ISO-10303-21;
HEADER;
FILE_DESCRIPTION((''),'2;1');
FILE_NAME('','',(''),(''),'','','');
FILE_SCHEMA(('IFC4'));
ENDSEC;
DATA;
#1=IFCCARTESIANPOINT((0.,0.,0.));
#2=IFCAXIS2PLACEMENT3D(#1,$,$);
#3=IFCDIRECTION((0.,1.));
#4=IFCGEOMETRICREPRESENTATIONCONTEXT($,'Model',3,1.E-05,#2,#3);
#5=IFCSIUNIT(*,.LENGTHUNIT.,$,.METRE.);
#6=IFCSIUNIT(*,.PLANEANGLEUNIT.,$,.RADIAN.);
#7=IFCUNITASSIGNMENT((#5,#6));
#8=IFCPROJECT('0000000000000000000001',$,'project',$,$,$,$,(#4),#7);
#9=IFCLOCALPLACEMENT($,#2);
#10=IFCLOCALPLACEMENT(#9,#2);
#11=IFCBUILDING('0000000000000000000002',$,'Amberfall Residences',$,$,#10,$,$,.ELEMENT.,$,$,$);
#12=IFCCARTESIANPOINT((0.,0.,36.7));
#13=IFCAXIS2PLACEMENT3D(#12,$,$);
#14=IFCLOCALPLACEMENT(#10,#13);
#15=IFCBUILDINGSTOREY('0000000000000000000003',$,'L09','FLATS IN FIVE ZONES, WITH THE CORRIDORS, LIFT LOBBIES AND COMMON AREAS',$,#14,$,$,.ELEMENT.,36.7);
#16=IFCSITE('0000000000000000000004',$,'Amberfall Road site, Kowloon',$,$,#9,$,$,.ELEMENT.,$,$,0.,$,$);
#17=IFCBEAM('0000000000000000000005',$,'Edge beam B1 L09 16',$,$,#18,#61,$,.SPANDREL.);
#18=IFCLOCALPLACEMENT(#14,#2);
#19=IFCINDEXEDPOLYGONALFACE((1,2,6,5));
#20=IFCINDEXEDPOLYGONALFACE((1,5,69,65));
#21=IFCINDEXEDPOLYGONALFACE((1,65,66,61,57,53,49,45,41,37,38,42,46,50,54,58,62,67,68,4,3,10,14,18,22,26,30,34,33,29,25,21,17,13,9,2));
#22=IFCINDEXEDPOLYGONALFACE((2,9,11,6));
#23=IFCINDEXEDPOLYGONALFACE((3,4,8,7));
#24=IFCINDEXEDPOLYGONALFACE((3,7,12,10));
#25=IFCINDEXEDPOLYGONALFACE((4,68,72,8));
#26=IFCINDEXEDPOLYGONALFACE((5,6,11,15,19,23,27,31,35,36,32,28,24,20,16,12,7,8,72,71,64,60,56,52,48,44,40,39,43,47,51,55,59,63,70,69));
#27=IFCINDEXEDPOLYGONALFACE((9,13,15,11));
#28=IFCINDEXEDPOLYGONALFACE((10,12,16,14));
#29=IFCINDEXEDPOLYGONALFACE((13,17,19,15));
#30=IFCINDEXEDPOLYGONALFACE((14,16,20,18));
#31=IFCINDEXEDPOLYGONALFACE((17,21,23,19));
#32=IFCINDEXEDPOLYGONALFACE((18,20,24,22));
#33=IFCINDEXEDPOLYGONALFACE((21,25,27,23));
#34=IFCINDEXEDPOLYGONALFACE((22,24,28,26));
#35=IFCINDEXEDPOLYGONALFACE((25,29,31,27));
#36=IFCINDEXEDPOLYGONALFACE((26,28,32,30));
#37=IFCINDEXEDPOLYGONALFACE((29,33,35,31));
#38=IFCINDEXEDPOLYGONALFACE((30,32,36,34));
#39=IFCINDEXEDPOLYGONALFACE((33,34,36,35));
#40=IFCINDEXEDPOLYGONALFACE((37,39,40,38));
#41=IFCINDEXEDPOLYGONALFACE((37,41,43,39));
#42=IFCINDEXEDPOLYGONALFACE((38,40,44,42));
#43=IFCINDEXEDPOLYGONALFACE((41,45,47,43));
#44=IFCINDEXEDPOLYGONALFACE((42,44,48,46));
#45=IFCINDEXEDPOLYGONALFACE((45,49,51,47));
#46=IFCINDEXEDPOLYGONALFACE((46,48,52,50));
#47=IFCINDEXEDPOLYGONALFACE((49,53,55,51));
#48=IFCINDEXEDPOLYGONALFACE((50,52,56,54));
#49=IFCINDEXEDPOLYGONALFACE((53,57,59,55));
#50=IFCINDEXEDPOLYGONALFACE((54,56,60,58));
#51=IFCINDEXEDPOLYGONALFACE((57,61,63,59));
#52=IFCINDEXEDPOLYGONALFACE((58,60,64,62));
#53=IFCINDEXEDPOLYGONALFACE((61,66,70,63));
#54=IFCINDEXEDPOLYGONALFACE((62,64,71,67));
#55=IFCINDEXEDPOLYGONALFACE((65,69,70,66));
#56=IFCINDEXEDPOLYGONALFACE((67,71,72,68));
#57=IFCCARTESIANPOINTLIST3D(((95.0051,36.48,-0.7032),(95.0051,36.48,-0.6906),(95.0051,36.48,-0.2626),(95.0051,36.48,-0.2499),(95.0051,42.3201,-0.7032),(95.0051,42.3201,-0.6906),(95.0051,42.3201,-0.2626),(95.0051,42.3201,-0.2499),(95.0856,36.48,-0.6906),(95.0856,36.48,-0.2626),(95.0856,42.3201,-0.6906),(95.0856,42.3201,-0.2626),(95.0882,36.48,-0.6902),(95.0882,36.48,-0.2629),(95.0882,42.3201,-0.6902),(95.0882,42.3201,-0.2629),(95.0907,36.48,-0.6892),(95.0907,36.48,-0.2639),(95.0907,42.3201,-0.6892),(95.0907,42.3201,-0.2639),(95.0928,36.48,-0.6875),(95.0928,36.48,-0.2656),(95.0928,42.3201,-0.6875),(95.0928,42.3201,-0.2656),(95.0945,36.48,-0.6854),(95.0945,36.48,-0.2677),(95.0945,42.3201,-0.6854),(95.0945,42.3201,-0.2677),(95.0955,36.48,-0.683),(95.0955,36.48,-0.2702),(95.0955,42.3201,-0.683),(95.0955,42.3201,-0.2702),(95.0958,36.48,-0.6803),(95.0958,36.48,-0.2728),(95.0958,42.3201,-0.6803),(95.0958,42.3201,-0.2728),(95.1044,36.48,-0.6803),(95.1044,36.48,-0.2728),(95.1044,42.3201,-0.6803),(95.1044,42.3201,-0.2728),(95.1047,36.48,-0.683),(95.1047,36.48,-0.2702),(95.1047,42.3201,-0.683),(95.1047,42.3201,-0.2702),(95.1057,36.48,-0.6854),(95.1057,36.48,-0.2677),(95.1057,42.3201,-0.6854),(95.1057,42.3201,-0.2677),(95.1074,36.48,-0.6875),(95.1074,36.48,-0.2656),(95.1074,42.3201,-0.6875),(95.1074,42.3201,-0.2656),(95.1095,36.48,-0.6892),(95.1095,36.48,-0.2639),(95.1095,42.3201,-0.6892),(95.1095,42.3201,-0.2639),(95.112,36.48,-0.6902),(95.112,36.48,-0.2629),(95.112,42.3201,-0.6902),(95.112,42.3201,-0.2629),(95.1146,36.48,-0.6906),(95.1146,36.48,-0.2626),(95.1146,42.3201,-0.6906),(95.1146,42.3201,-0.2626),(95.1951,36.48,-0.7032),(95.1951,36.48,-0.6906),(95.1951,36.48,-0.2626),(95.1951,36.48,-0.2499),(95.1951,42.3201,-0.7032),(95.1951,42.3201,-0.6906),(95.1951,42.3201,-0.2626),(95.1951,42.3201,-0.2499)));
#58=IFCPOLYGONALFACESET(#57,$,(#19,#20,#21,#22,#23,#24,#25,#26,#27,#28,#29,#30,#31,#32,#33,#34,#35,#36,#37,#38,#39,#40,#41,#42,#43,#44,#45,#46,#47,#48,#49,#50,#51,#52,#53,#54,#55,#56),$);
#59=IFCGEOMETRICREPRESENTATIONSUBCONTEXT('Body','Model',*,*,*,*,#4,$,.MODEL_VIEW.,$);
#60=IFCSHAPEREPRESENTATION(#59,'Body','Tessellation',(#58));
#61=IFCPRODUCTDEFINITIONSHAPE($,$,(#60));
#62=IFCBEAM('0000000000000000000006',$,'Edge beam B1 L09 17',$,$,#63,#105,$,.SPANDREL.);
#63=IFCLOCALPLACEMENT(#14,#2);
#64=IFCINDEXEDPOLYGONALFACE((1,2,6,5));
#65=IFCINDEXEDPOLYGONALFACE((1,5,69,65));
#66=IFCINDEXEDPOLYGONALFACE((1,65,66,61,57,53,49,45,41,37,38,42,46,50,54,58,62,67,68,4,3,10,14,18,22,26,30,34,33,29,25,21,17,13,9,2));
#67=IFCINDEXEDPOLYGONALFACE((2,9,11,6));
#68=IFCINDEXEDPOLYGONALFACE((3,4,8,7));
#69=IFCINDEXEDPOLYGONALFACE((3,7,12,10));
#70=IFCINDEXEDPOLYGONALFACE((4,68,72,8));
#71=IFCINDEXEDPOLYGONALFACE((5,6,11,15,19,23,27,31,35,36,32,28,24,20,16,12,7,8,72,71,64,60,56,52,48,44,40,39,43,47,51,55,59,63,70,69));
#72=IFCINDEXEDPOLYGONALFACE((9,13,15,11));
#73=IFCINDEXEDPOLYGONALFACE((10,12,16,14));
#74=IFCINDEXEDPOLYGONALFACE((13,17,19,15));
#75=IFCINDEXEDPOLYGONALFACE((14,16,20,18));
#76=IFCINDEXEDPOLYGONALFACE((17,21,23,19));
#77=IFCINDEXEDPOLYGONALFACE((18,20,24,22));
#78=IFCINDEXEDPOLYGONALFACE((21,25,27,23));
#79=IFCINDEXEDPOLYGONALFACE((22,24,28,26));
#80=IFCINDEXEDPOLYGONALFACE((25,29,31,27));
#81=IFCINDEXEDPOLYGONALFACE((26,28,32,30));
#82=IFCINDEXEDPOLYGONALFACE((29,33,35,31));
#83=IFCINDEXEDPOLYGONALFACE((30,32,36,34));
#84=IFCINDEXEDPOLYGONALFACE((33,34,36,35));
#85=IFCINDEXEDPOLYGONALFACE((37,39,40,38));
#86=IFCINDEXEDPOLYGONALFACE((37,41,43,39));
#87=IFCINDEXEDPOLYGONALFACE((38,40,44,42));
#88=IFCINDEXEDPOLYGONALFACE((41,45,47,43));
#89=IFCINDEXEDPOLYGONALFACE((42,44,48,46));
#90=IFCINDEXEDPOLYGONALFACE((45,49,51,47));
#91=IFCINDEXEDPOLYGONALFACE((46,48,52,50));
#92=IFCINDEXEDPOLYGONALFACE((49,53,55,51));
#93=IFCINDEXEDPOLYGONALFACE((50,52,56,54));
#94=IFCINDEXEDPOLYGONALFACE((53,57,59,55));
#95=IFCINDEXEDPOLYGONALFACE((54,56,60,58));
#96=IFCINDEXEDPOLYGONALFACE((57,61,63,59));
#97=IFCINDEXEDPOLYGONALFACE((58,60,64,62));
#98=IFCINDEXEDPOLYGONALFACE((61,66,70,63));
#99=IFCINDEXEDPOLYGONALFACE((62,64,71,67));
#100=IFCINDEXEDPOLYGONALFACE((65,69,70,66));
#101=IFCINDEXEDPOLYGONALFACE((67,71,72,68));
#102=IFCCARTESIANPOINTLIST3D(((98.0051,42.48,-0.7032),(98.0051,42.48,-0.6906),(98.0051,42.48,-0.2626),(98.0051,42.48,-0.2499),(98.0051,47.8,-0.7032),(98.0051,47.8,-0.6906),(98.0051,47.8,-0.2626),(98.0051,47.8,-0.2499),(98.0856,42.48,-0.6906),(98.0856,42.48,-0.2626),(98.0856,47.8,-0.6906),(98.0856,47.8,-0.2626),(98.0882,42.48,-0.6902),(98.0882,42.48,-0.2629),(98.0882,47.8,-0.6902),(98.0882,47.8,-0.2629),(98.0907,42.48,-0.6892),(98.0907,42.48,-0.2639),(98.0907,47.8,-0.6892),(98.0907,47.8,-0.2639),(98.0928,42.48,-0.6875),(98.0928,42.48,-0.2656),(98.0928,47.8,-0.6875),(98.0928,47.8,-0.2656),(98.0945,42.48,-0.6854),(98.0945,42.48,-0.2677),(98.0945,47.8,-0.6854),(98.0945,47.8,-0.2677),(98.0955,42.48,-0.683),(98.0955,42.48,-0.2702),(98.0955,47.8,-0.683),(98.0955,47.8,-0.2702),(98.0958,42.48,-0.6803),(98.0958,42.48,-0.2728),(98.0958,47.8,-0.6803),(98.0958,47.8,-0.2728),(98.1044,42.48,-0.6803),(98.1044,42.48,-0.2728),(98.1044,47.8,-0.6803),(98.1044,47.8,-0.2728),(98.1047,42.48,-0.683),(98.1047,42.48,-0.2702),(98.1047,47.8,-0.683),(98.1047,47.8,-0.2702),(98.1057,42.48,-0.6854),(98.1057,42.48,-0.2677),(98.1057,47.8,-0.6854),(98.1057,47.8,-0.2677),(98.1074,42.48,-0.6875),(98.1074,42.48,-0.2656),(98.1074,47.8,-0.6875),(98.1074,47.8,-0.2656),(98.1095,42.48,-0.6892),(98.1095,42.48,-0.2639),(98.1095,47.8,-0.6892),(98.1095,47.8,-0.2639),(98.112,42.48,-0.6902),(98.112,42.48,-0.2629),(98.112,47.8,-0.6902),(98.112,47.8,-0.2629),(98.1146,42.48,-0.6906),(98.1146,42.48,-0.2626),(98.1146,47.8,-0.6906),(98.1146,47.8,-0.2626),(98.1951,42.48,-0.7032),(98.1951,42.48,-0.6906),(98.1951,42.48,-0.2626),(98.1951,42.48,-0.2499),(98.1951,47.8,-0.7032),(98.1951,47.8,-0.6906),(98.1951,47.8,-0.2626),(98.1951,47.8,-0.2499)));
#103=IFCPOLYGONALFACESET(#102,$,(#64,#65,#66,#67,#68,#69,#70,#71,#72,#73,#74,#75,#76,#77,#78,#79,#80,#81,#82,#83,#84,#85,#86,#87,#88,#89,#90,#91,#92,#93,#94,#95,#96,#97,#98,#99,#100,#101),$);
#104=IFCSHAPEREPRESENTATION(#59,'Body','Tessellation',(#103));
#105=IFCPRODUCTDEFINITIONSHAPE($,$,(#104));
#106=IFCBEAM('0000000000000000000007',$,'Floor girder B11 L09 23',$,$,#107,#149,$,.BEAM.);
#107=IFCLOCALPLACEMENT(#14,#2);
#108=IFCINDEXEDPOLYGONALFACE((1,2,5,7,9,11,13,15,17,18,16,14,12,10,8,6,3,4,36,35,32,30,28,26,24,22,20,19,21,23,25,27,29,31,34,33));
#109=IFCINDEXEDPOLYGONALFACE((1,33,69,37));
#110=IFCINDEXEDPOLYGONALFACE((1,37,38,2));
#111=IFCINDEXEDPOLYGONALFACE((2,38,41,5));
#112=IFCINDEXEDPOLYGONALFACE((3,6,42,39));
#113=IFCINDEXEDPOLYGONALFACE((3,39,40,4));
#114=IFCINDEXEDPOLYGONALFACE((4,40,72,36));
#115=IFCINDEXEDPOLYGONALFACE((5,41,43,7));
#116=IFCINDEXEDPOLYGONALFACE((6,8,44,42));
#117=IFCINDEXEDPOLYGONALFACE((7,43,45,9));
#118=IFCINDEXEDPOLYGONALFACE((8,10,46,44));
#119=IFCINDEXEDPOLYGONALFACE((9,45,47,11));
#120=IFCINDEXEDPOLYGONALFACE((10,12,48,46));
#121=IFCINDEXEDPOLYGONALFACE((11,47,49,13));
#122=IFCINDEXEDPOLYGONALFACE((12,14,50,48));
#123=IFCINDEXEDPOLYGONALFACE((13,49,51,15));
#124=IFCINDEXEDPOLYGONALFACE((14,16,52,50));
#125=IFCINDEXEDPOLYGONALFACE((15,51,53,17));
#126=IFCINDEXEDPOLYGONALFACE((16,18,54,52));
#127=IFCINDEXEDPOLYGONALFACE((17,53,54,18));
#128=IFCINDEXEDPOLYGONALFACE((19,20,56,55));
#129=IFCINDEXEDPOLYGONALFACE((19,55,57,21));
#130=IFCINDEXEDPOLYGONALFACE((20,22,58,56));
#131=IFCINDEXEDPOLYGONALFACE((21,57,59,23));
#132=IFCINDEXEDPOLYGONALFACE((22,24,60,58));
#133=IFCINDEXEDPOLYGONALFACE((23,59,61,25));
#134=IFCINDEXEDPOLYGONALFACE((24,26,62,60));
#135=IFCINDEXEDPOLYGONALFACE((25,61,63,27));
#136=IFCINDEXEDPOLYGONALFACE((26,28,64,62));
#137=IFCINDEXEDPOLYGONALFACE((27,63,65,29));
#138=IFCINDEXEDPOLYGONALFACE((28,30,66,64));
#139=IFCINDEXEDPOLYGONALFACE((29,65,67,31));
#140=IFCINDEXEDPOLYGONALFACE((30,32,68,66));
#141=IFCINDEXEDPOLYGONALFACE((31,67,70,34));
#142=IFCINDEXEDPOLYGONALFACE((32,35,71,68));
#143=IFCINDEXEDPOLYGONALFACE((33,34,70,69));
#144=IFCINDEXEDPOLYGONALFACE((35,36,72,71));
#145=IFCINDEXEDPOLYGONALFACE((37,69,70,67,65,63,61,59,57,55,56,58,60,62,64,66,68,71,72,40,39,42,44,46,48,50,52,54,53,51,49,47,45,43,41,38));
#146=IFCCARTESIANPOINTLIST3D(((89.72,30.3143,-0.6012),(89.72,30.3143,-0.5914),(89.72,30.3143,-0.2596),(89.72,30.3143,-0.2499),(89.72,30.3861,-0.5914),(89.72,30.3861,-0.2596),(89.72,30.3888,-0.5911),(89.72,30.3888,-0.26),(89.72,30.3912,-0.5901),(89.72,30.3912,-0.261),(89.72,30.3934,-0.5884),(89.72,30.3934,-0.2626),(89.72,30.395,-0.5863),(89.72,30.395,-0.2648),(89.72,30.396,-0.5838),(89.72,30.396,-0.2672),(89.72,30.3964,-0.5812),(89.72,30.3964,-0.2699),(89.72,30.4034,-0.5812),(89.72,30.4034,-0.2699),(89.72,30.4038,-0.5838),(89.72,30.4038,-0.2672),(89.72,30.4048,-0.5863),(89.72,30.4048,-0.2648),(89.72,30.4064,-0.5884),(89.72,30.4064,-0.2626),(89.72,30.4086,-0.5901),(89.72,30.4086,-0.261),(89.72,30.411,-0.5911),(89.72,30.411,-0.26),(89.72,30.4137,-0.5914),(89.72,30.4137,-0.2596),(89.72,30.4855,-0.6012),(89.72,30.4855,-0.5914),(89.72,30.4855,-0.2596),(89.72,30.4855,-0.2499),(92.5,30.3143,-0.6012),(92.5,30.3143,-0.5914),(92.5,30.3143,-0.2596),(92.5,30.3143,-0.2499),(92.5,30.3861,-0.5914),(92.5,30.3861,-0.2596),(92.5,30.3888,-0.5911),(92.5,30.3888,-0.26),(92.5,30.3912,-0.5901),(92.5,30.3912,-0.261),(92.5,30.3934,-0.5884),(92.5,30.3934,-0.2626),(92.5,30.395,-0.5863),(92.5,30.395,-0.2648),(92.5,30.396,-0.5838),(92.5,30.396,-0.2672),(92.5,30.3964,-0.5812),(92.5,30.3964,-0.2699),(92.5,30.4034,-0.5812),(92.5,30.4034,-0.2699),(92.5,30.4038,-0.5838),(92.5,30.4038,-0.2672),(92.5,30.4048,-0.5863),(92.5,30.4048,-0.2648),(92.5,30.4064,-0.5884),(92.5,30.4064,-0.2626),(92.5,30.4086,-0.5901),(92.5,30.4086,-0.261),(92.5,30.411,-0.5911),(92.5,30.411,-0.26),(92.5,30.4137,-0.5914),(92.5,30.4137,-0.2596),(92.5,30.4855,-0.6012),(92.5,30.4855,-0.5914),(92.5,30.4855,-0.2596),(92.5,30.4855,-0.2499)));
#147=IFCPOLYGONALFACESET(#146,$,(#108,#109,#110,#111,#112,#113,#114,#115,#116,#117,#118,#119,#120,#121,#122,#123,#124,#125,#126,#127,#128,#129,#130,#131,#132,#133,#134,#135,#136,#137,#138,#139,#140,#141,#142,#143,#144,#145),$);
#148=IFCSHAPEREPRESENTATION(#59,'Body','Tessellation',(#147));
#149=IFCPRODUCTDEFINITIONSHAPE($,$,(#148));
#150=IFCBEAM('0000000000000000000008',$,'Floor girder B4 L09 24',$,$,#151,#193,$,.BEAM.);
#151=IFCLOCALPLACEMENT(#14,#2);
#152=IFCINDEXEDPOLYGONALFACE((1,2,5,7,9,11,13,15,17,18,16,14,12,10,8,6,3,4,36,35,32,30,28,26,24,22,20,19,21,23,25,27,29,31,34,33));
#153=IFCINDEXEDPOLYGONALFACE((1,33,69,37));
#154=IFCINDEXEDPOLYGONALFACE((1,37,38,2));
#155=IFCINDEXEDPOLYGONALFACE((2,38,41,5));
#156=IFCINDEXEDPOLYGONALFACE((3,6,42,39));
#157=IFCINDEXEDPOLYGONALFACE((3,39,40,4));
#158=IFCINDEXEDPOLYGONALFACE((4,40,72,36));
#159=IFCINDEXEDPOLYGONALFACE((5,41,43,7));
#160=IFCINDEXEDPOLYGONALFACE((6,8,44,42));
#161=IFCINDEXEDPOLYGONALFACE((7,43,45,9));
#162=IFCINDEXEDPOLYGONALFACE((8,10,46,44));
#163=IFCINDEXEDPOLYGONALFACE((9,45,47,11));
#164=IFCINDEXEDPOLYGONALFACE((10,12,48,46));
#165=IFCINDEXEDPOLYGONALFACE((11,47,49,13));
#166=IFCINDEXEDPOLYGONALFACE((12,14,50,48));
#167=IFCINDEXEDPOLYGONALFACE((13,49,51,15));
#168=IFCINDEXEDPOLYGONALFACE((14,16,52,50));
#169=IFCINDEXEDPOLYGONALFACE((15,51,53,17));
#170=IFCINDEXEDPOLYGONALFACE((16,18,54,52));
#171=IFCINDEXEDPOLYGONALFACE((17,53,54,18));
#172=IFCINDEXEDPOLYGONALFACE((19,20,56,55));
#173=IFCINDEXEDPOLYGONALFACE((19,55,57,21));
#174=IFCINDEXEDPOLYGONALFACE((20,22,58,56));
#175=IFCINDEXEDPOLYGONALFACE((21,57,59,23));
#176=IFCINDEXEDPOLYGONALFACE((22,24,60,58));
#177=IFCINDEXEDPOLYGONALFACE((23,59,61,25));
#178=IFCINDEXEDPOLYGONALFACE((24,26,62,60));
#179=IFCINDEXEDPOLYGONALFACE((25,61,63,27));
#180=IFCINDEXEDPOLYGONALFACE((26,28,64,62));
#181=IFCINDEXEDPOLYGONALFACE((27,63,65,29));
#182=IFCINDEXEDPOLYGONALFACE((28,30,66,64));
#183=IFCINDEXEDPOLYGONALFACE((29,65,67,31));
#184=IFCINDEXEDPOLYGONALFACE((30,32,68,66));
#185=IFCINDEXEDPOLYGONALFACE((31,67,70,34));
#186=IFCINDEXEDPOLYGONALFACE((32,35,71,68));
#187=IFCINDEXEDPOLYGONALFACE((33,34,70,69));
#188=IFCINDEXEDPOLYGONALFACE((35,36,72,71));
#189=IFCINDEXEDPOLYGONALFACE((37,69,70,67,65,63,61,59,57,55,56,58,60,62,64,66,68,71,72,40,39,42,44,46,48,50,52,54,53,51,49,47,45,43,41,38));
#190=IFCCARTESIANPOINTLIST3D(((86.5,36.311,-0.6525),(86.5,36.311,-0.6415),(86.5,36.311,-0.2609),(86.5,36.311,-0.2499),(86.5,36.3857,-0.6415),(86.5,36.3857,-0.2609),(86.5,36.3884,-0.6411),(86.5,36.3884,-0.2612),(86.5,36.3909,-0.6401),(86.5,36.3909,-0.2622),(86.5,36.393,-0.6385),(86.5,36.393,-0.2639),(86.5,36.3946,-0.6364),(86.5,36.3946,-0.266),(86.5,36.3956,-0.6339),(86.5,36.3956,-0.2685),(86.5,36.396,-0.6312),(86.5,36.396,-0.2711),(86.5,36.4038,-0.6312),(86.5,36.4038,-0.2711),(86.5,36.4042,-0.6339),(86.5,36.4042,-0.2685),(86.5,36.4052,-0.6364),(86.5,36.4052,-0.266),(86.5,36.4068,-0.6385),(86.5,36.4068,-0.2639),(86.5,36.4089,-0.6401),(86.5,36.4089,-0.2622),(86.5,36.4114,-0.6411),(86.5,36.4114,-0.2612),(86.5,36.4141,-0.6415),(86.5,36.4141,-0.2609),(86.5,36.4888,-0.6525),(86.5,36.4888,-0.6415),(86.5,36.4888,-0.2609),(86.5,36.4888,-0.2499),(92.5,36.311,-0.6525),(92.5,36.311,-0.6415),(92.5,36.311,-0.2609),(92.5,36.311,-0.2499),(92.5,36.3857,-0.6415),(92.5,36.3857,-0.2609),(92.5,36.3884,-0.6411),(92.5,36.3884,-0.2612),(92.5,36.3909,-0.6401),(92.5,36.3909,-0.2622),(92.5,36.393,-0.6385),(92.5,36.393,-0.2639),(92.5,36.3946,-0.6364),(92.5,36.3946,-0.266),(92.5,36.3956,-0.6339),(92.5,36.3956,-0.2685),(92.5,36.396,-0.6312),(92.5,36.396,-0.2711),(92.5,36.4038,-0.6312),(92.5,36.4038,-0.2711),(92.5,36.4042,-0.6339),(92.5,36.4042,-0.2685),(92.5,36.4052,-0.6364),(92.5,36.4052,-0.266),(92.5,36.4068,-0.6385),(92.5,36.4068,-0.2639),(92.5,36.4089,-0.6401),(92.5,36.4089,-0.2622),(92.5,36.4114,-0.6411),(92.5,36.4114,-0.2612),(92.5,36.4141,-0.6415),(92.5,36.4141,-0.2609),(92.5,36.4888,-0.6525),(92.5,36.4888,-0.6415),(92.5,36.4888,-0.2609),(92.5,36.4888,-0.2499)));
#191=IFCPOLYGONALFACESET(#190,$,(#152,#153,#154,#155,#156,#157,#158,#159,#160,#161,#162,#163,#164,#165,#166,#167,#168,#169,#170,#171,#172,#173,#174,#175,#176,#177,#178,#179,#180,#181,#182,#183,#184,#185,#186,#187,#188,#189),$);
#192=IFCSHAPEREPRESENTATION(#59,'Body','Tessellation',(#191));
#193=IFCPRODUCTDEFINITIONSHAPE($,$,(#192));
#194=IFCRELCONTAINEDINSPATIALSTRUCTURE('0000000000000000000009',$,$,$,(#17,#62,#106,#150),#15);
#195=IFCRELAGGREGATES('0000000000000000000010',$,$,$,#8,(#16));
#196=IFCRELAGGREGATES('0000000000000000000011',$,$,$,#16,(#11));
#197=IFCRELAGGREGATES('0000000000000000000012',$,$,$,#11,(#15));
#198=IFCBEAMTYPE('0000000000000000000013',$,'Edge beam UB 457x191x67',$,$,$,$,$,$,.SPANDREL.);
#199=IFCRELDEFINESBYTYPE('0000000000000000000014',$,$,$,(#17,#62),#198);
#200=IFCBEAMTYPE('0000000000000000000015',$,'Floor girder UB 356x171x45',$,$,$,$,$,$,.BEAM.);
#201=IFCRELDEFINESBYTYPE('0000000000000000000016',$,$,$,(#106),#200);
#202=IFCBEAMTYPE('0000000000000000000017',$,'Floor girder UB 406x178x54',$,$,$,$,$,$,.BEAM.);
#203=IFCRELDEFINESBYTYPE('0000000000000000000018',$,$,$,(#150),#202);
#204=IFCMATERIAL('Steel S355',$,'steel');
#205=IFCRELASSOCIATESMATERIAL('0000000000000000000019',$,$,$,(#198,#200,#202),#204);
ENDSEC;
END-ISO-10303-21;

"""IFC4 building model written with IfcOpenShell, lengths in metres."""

from ifc_helpers import new_model, si_unit, direction, frame, origin, origin_2d, place, context, subcontext, project, spatial, i_section, extrude, material, material_profile, profile_set, type_object, element, save


model = new_model("IFC4")

# Units and contexts
model_context = context("Model", 3, precision=1e-05, world=origin(), true_north=direction((0.0, 1.0)))
body_context = subcontext(model_context, "Body", "Model", "MODEL_VIEW")
ifc_project = project(units=[si_unit("LENGTHUNIT", "METRE"), si_unit("PLANEANGLEUNIT", "RADIAN")], contexts=[model_context])

# Site, building, storey
site_placement = place(None, origin())
site = spatial("IfcSite", under=ifc_project, at=site_placement, Name="Amberfall Road site, Kowloon", CompositionType="ELEMENT", RefElevation=0.0)
building_placement = place(site_placement, origin())
building = spatial("IfcBuilding", under=site, at=building_placement, Name="Amberfall Residences", CompositionType="ELEMENT")
storey_placement = place(building_placement, frame((0.0, 0.0, 36.7)))
storey = spatial("IfcBuildingStorey", under=building, at=storey_placement, Name="L09", Description="FLATS IN FIVE ZONES, WITH THE CORRIDORS, LIFT LOBBIES AND COMMON AREAS", CompositionType="ELEMENT", Elevation=36.7)

# Beams
ifc_material_1 = material(Name="Steel S355", Category="steel")
ifc_material_profile_1 = material_profile(ifc_material_1, i_section(OverallWidth=0.1899, OverallDepth=0.4534, WebThickness=0.0085, FlangeThickness=0.0127, FilletRadius=0.0103, at=origin_2d()), Name="UB 457x191x67")
ifc_profile_set_1 = profile_set([ifc_material_profile_1], Name="Steel S355")
beam_type_1 = type_object("IfcBeamType", Name="Edge beam UB 457x191x67", PredefinedType="SPANDREL", material=ifc_profile_set_1)
beam_1_placement = place(storey_placement, frame((95.1001, 36.48, -0.4766), z_axis=(0.0, 1.0, 0.0), x_axis=(-1.0, 0.0, 0.0)))
element("IfcBeam", 1, at=beam_1_placement, inside=storey, type_object=beam_type_1, Name="Edge beam B1 L09 16", PredefinedType="SPANDREL", context=body_context, shape_type="SweptSolid", body=[
    extrude(i_section(OverallWidth=0.1899, OverallDepth=0.4534, WebThickness=0.0085, FlangeThickness=0.0127, FilletRadius=0.0103, at=origin_2d()), origin(), (0.0, 0.0, 1.0), 5.8401),
])
beam_2_placement = place(storey_placement, frame((98.1001, 42.48, -0.4766), z_axis=(0.0, 1.0, 0.0), x_axis=(-1.0, 0.0, 0.0)))
element("IfcBeam", 2, at=beam_2_placement, inside=storey, type_object=beam_type_1, Name="Edge beam B1 L09 17", PredefinedType="SPANDREL", context=body_context, shape_type="SweptSolid", body=[
    extrude(i_section(OverallWidth=0.1899, OverallDepth=0.4534, WebThickness=0.0085, FlangeThickness=0.0127, FilletRadius=0.0103, at=origin_2d()), origin(), (0.0, 0.0, 1.0), 5.3201),
])
ifc_material_profile_2 = material_profile(ifc_material_1, i_section(OverallWidth=0.1711, OverallDepth=0.3513, WebThickness=0.0071, FlangeThickness=0.0098, FilletRadius=0.0103, at=origin_2d()), Name="UB 356x171x45")
ifc_profile_set_2 = profile_set([ifc_material_profile_2], Name="Steel S355")
beam_type_2 = type_object("IfcBeamType", Name="Floor girder UB 356x171x45", PredefinedType="BEAM", material=ifc_profile_set_2)
beam_3_placement = place(storey_placement, frame((92.5, 30.3999, -0.4255), z_axis=(-1.0, 0.0, 0.0), x_axis=(0.0, -1.0, 0.0)))
element("IfcBeam", 3, at=beam_3_placement, inside=storey, type_object=beam_type_2, Name="Floor girder B11 L09 23", PredefinedType="BEAM", context=body_context, shape_type="SweptSolid", body=[
    extrude(i_section(OverallWidth=0.1711, OverallDepth=0.3513, WebThickness=0.0071, FlangeThickness=0.0098, FilletRadius=0.0103, at=origin_2d()), origin(), (0.0, 0.0, 1.0), 2.78),
])
ifc_material_profile_3 = material_profile(ifc_material_1, i_section(OverallWidth=0.1777, OverallDepth=0.4026, WebThickness=0.0078, FlangeThickness=0.011, FilletRadius=0.0103, at=origin_2d()), Name="UB 406x178x54")
ifc_profile_set_3 = profile_set([ifc_material_profile_3], Name="Steel S355")
beam_type_3 = type_object("IfcBeamType", Name="Floor girder UB 406x178x54", PredefinedType="BEAM", material=ifc_profile_set_3)
beam_4_placement = place(storey_placement, frame((92.5, 36.3999, -0.4512), z_axis=(-1.0, 0.0, 0.0), x_axis=(0.0, -1.0, 0.0)))
element("IfcBeam", 4, at=beam_4_placement, inside=storey, type_object=beam_type_3, Name="Floor girder B4 L09 24", PredefinedType="BEAM", context=body_context, shape_type="SweptSolid", body=[
    extrude(i_section(OverallWidth=0.1777, OverallDepth=0.4026, WebThickness=0.0078, FlangeThickness=0.011, FilletRadius=0.0103, at=origin_2d()), origin(), (0.0, 0.0, 1.0), 6.0),
])

save(model, "model.ifc")
